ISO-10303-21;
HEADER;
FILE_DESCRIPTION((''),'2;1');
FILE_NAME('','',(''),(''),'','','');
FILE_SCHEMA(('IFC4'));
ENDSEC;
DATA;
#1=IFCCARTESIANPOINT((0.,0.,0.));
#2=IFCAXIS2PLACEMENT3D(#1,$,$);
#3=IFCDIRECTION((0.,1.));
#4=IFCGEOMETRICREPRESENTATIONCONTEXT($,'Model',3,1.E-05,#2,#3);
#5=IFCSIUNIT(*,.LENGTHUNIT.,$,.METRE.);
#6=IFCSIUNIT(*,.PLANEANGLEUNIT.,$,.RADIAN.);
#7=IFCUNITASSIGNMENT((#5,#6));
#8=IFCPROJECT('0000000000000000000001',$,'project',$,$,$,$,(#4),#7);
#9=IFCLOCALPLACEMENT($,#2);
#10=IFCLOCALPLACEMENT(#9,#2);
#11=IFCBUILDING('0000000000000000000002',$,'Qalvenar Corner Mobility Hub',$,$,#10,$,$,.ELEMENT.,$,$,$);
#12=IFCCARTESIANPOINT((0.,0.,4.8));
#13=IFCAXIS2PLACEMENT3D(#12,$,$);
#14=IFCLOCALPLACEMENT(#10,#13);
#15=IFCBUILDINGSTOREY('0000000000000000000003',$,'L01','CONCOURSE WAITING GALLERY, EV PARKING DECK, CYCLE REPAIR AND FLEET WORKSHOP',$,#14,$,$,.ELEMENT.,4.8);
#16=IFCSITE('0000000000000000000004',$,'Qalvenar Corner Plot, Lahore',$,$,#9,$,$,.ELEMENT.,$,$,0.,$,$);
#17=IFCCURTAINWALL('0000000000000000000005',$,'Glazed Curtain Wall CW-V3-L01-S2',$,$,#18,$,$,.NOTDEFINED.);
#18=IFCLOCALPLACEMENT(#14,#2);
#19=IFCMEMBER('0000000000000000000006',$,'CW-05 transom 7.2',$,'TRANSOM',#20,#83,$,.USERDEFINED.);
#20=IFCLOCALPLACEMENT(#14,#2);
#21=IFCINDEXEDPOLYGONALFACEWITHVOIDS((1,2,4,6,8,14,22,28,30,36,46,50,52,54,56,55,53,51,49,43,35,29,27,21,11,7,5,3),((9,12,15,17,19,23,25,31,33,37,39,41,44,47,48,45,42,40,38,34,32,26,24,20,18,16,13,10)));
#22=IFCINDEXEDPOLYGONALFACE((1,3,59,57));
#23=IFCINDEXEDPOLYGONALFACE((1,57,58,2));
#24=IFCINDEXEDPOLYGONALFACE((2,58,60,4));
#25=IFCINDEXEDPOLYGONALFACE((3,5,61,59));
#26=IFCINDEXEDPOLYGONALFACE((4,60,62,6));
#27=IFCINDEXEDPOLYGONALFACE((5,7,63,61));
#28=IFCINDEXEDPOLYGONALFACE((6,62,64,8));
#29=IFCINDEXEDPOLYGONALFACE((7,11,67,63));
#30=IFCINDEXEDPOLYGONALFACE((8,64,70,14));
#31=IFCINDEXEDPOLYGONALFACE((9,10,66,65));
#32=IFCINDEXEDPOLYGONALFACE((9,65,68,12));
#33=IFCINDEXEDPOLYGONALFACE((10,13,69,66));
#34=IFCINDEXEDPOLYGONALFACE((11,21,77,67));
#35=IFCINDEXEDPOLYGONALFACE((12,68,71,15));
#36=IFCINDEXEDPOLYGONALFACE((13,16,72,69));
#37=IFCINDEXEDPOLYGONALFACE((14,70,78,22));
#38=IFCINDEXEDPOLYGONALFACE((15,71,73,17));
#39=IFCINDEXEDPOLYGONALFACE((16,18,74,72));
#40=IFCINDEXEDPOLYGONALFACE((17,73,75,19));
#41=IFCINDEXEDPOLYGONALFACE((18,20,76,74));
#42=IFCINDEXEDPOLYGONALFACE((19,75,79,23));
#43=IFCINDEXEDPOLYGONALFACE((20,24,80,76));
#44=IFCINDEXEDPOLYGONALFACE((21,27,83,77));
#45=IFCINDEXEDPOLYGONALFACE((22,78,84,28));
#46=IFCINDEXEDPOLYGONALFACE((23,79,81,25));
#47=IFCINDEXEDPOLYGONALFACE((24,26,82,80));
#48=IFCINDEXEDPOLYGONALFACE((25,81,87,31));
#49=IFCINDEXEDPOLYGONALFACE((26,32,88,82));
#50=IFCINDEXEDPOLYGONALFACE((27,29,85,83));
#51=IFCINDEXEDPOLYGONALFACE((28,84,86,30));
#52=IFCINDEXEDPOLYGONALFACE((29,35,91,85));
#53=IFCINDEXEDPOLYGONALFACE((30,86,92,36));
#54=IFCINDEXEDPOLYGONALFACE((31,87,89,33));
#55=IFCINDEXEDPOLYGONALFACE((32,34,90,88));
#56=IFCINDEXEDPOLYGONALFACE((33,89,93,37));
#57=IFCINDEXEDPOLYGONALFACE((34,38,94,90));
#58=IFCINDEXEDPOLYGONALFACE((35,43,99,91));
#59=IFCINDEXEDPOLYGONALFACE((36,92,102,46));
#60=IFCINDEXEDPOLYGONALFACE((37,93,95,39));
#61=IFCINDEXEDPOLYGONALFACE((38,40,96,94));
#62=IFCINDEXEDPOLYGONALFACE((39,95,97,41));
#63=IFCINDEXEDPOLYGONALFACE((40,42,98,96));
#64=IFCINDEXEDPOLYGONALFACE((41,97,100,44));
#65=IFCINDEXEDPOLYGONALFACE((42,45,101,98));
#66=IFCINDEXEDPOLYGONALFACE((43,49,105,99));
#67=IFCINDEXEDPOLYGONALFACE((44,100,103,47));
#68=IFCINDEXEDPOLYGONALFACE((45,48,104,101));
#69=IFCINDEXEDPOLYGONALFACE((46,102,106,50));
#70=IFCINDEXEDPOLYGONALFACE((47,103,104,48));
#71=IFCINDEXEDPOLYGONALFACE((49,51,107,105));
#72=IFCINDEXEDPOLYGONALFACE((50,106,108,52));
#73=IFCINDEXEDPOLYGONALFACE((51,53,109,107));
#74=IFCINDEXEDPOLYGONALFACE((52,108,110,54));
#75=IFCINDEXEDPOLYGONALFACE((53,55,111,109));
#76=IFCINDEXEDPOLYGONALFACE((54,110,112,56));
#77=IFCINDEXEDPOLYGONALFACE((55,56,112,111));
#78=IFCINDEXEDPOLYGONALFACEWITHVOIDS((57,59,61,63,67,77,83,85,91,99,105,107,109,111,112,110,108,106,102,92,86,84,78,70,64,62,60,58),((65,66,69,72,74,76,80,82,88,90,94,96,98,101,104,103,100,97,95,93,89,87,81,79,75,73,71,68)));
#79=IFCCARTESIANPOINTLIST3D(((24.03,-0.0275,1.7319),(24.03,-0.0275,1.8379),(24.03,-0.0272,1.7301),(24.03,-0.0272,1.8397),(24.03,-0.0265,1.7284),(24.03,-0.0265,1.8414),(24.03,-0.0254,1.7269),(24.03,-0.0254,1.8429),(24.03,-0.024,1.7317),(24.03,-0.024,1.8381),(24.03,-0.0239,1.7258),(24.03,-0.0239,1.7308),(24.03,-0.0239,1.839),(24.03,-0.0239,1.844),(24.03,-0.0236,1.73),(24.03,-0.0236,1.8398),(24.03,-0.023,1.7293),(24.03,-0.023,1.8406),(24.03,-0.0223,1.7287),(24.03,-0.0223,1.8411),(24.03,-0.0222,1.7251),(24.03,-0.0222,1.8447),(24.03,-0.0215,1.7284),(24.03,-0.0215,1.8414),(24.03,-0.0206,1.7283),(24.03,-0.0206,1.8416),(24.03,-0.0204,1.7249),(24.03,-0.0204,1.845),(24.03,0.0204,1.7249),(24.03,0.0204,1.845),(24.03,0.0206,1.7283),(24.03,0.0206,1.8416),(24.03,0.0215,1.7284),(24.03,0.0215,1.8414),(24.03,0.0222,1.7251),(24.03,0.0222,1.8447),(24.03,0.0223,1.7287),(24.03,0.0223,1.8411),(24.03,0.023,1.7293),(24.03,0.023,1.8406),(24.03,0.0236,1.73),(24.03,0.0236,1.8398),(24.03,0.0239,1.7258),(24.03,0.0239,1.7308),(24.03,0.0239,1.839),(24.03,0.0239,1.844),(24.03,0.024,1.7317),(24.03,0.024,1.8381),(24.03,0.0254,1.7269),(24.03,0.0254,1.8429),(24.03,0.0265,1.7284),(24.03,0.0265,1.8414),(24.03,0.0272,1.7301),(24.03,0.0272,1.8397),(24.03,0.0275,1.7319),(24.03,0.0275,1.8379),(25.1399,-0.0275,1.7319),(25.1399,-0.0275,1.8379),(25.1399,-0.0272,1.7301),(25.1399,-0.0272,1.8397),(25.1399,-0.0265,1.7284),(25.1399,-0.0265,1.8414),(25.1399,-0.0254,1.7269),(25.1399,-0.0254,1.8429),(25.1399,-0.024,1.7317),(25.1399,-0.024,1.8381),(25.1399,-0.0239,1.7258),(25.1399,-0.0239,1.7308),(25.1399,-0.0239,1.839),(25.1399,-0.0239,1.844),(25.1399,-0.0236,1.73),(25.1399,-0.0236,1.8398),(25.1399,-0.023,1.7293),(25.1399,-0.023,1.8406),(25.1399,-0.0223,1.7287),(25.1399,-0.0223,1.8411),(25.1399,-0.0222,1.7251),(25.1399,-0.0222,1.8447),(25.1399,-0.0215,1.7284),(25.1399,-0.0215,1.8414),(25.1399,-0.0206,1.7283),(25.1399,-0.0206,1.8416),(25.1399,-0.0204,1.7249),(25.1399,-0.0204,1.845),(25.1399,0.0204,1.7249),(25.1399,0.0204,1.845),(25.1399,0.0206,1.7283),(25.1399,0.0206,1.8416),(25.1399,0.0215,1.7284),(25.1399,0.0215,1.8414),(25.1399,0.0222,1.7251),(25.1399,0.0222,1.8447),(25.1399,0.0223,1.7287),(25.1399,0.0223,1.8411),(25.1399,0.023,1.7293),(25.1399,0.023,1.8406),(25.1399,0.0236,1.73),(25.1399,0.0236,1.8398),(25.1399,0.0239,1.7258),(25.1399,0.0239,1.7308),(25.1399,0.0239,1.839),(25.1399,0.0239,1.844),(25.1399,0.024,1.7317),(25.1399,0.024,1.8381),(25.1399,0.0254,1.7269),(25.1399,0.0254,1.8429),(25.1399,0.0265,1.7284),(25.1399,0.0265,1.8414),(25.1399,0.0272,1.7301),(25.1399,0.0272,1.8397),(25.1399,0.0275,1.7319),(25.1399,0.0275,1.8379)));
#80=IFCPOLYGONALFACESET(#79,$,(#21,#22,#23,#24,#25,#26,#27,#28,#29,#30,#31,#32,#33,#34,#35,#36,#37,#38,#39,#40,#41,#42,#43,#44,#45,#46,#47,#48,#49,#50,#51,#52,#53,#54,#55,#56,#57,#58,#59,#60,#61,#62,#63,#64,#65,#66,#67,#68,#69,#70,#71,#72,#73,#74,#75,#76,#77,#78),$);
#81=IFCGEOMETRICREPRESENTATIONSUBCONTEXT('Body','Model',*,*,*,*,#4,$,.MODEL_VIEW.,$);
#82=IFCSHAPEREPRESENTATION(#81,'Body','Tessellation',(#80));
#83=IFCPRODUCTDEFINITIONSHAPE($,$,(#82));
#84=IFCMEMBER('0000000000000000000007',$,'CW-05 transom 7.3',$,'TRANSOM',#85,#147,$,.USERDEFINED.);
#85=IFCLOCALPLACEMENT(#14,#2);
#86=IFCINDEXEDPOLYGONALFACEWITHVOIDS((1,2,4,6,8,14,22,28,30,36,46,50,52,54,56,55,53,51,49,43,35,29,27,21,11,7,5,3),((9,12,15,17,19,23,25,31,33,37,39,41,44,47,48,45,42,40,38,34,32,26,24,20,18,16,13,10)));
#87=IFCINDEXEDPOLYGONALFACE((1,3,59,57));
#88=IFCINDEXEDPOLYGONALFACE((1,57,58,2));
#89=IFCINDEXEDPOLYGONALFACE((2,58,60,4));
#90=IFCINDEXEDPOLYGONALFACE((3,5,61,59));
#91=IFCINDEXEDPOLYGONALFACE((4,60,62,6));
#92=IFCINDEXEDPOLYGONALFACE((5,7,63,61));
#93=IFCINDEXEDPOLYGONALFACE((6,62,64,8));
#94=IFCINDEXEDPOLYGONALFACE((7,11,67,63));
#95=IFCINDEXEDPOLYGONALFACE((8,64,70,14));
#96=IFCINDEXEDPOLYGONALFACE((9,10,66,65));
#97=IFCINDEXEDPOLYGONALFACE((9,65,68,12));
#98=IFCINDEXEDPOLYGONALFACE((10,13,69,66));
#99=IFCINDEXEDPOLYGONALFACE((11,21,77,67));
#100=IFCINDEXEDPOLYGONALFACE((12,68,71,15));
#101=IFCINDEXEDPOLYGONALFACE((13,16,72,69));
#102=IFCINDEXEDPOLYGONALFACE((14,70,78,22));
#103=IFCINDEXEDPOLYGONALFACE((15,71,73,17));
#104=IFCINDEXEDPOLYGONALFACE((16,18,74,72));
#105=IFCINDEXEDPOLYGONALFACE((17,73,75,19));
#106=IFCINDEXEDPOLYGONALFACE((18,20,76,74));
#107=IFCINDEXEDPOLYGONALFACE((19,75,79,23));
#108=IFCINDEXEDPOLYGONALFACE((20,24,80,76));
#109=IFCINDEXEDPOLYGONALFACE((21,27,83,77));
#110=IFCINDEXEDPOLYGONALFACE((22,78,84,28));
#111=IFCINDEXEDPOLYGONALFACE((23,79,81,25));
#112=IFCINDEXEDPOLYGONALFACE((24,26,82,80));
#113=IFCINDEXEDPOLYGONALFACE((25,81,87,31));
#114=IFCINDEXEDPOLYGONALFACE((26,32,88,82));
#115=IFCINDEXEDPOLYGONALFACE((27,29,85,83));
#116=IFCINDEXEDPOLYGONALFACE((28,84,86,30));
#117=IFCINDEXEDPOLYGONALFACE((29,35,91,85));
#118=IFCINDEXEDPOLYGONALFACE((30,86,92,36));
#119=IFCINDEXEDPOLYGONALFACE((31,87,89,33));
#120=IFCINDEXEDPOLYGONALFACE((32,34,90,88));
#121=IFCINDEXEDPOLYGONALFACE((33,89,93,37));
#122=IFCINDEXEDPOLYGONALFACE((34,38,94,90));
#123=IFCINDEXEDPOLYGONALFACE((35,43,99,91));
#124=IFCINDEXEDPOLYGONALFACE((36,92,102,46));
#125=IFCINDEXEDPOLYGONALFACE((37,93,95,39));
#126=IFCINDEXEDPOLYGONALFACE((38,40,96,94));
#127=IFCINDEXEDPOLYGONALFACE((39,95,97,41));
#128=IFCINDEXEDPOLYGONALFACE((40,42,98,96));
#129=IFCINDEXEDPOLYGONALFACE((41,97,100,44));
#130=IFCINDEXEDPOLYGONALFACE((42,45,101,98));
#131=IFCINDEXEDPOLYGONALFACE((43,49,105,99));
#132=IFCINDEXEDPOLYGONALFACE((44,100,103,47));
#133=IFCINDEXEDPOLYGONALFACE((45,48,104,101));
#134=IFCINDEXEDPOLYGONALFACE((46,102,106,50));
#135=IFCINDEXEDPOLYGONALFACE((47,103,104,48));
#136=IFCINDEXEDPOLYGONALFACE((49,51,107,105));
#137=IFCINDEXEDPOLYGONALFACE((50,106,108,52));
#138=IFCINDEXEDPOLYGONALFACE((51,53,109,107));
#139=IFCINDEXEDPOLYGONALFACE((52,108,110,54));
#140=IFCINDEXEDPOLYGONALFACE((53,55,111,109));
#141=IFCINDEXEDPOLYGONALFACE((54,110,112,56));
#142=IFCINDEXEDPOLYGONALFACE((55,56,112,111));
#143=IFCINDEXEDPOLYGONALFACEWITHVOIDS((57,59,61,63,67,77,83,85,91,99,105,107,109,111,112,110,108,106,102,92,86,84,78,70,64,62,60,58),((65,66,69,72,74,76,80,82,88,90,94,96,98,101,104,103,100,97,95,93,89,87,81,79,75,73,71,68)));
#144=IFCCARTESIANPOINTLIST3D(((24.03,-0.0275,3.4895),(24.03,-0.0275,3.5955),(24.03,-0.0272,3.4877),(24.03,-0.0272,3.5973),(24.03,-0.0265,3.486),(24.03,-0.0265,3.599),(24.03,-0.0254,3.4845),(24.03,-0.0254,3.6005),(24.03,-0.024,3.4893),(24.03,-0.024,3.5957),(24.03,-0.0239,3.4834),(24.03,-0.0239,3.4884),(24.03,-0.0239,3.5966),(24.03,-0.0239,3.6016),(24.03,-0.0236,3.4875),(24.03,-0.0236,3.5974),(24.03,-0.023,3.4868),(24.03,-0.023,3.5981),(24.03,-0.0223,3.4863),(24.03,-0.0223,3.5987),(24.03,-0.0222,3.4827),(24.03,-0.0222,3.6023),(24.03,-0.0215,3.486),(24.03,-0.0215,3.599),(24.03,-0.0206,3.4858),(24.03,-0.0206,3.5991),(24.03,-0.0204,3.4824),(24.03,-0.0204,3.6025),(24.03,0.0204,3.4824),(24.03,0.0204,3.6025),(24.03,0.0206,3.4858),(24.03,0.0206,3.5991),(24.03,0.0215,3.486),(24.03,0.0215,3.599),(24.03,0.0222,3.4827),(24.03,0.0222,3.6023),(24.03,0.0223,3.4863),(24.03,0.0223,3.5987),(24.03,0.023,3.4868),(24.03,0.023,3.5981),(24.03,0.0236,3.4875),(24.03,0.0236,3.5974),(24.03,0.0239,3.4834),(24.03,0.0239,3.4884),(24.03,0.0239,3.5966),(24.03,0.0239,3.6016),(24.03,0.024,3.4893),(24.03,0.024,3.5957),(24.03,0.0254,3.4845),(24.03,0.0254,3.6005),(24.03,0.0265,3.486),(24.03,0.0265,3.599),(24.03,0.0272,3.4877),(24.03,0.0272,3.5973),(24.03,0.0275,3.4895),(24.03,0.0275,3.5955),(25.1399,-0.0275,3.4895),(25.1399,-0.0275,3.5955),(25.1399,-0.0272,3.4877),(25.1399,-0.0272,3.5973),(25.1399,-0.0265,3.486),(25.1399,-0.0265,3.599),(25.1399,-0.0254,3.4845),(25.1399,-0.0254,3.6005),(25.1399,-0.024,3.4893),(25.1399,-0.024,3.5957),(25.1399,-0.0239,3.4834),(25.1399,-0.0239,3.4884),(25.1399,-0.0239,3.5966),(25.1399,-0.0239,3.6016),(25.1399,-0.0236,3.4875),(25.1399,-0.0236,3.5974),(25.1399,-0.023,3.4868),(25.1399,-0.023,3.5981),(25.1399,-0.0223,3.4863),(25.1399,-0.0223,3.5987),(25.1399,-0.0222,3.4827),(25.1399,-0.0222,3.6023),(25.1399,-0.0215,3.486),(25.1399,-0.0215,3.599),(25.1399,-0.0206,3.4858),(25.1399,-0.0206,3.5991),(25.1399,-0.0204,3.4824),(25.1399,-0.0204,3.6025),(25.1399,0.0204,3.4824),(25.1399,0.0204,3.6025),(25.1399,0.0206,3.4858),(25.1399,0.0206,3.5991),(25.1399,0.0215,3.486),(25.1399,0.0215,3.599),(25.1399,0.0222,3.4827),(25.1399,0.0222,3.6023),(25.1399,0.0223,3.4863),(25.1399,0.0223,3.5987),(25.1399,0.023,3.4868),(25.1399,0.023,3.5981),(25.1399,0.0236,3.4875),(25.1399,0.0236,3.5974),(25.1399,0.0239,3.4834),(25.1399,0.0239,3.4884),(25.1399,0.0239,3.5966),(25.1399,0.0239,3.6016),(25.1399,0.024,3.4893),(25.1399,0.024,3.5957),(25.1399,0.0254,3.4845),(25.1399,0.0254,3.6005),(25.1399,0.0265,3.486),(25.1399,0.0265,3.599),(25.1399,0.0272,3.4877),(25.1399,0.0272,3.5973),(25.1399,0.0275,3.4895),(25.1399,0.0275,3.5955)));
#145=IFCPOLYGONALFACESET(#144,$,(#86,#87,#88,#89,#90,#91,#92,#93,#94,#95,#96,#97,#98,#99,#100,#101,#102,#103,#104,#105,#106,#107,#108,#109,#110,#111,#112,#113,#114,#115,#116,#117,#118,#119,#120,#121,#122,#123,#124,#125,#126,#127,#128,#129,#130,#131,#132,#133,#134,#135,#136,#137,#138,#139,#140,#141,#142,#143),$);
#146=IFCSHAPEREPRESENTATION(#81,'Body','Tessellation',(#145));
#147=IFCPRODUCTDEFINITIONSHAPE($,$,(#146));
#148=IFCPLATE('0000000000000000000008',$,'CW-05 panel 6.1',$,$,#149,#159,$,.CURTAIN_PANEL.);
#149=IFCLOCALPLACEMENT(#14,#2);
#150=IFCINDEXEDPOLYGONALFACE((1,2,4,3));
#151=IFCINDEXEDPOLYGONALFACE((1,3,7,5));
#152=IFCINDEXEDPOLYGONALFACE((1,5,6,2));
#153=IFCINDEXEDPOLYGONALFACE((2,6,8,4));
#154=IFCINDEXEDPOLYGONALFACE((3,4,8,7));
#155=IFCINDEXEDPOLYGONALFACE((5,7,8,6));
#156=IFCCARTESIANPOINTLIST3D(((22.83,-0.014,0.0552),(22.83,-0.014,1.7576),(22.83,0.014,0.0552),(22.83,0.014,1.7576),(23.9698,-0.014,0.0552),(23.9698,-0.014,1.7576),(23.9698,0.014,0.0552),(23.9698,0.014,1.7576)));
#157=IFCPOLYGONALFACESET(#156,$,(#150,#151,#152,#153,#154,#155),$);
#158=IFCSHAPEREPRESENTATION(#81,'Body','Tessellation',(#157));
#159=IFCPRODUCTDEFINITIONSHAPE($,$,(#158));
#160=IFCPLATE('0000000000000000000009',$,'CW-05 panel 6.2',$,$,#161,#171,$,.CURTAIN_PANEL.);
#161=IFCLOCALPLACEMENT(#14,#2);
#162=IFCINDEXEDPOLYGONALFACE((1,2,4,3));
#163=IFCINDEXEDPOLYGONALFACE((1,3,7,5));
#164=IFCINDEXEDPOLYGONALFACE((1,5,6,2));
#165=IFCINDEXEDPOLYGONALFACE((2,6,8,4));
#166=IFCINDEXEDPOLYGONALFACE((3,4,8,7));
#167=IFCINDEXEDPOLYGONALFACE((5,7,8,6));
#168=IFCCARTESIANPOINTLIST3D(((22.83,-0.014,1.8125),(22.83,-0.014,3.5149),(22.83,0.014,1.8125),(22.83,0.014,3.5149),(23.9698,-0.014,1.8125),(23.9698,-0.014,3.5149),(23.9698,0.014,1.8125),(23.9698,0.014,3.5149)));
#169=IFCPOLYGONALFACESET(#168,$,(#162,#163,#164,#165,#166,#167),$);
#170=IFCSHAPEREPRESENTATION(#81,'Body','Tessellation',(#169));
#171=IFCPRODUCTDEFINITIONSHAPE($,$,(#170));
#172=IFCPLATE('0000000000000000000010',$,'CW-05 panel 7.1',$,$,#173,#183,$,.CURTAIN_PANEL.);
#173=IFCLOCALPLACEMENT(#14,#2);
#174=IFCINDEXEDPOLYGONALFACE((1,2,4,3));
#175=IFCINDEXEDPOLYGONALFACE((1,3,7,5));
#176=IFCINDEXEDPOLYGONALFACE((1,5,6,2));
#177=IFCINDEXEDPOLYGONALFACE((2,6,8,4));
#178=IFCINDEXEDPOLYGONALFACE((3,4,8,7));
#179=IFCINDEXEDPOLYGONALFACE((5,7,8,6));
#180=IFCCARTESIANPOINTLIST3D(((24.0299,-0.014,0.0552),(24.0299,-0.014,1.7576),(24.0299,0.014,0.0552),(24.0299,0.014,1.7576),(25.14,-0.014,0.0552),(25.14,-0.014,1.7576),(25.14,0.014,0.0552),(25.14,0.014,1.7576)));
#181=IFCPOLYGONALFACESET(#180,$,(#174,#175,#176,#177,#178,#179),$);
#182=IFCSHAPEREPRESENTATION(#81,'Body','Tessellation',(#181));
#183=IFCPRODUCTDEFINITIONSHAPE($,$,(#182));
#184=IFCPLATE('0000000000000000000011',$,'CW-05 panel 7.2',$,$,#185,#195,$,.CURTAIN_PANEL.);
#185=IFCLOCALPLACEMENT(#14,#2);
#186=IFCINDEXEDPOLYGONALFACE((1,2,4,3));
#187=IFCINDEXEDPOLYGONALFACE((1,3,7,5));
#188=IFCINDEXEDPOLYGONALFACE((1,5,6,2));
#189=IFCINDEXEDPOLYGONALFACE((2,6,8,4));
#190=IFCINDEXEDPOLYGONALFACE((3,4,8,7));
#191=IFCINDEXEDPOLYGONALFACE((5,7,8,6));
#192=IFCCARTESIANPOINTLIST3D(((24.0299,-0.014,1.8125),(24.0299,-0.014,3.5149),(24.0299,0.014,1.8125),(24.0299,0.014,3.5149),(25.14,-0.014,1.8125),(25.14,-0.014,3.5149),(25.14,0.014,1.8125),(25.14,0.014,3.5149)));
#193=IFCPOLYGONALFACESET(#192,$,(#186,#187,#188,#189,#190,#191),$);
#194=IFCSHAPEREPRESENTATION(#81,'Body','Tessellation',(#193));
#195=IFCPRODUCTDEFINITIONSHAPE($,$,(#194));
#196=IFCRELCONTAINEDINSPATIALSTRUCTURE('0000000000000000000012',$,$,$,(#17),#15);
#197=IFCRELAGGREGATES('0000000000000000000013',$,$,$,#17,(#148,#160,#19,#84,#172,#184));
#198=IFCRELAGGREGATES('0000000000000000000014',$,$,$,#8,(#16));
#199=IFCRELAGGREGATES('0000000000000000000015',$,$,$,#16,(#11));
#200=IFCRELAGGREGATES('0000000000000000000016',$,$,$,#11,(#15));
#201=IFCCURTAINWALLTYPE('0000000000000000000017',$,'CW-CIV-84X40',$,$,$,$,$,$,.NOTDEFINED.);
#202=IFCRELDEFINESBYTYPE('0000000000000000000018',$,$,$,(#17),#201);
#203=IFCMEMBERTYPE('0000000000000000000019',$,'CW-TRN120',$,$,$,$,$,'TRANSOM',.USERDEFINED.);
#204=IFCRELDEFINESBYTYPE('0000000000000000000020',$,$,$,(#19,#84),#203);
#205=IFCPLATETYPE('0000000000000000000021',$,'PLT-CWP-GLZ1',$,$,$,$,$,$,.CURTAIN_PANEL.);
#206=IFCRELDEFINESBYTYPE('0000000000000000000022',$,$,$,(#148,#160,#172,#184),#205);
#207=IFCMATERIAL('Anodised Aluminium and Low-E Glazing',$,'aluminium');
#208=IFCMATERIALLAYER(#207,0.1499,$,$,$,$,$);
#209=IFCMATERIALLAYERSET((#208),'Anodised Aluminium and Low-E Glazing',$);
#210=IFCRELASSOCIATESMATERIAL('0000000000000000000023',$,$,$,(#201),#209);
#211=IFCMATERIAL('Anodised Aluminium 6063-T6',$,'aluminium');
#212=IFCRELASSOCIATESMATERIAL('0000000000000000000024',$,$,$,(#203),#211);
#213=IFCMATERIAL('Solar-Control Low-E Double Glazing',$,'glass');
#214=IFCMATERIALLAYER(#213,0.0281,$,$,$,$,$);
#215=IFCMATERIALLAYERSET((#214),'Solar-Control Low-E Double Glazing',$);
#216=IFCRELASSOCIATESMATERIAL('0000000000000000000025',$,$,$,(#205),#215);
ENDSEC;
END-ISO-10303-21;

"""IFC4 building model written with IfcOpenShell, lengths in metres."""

from ifc_helpers import new_model, si_unit, direction, frame, origin, origin_2d, place, context, subcontext, project, spatial, rectangle, hollow_rectangle, extrude, material, layer, layer_set, material_profile, profile_set, type_object, element, aggregate, save


model = new_model("IFC4")

# Units and contexts
model_context = context("Model", 3, precision=1e-05, world=origin(), true_north=direction((0.0, 1.0)))
body_context = subcontext(model_context, "Body", "Model", "MODEL_VIEW")
ifc_project = project(units=[si_unit("LENGTHUNIT", "METRE"), si_unit("PLANEANGLEUNIT", "RADIAN")], contexts=[model_context])

# Site, building, storey
site_placement = place(None, origin())
site = spatial("IfcSite", under=ifc_project, at=site_placement, Name="Qalvenar Corner Plot, Lahore", CompositionType="ELEMENT", RefElevation=0.0)
building_placement = place(site_placement, origin())
building = spatial("IfcBuilding", under=site, at=building_placement, Name="Qalvenar Corner Mobility Hub", CompositionType="ELEMENT")
storey_placement = place(building_placement, frame((0.0, 0.0, 4.8)))
storey = spatial("IfcBuildingStorey", under=building, at=storey_placement, Name="L01", Description="CONCOURSE WAITING GALLERY, EV PARKING DECK, CYCLE REPAIR AND FLEET WORKSHOP", CompositionType="ELEMENT", Elevation=4.8)

# Curtain wall, members, plates
ifc_material_1 = material(Name="Anodised Aluminium and Low-E Glazing", Category="aluminium")
ifc_layer_1 = layer(ifc_material_1, 0.1499)
ifc_layer_set_1 = layer_set([ifc_layer_1], Name="Anodised Aluminium and Low-E Glazing")
curtain_wall_type = type_object("IfcCurtainWallType", Name="CW-CIV-84X40", PredefinedType="NOTDEFINED", material=ifc_layer_set_1)
curtain_wall_placement = place(storey_placement, origin())
curtain_wall = element("IfcCurtainWall", 1, at=curtain_wall_placement, inside=storey, type_object=curtain_wall_type, Name="Glazed Curtain Wall CW-V3-L01-S2", PredefinedType="NOTDEFINED")
ifc_material_2 = material(Name="Anodised Aluminium 6063-T6", Category="aluminium")
ifc_material_profile_1 = material_profile(ifc_material_2, hollow_rectangle(XDim=0.0549, YDim=0.1201, WallThickness=0.0034, InnerFilletRadius=0.0034, OuterFilletRadius=0.0071, at=origin_2d()), Name="RHS120x55x3.5")
ifc_profile_set_1 = profile_set([ifc_material_profile_1], Name="Anodised Aluminium 6063-T6")
member_type_1 = type_object("IfcMemberType", Name="CW-TRN120", ElementType="TRANSOM", PredefinedType="USERDEFINED", material=ifc_profile_set_1)
member_1_placement = place(storey_placement, frame((24.03, 0.0, 1.7849), z_axis=(1.0, 0.0, 0.0), x_axis=(0.0, 1.0, 0.0)))
member_1 = element("IfcMember", 2, at=member_1_placement, type_object=member_type_1, Name="CW-05 transom 7.2", ObjectType="TRANSOM", PredefinedType="USERDEFINED", context=body_context, shape_type="SweptSolid", body=[
    extrude(hollow_rectangle(XDim=0.0549, YDim=0.1201, WallThickness=0.0034, InnerFilletRadius=0.0034, OuterFilletRadius=0.0071, at=origin_2d()), origin(), (0.0, 0.0, 1.0), 1.1099),
])
member_2_placement = place(storey_placement, frame((24.03, 0.0, 3.5425), z_axis=(1.0, 0.0, 0.0), x_axis=(0.0, 1.0, 0.0)))
member_2 = element("IfcMember", 3, at=member_2_placement, type_object=member_type_1, Name="CW-05 transom 7.3", ObjectType="TRANSOM", PredefinedType="USERDEFINED", context=body_context, shape_type="SweptSolid", body=[
    extrude(hollow_rectangle(XDim=0.0549, YDim=0.1201, WallThickness=0.0034, InnerFilletRadius=0.0034, OuterFilletRadius=0.0071, at=origin_2d()), origin(), (0.0, 0.0, 1.0), 1.1099),
])
ifc_material_3 = material(Name="Solar-Control Low-E Double Glazing", Category="glass")
ifc_layer_2 = layer(ifc_material_3, 0.0281)
ifc_layer_set_2 = layer_set([ifc_layer_2], Name="Solar-Control Low-E Double Glazing")
plate_type = type_object("IfcPlateType", Name="PLT-CWP-GLZ1", PredefinedType="CURTAIN_PANEL", material=ifc_layer_set_2)
plate_1_placement = place(storey_placement, frame((23.3999, 0.0, 0.0552), z_axis=(0.0, 0.0, 1.0), x_axis=(1.0, 0.0, 0.0)))
plate_1 = element("IfcPlate", 4, at=plate_1_placement, type_object=plate_type, Name="CW-05 panel 6.1", PredefinedType="CURTAIN_PANEL", context=body_context, shape_type="SweptSolid", body=[
    extrude(rectangle(XDim=1.1399, YDim=0.0281, at=origin_2d()), origin(), (0.0, 0.0, 1.0), 1.7024),
])
plate_2_placement = place(storey_placement, frame((23.3999, 0.0, 1.8125), z_axis=(0.0, 0.0, 1.0), x_axis=(1.0, 0.0, 0.0)))
plate_2 = element("IfcPlate", 5, at=plate_2_placement, type_object=plate_type, Name="CW-05 panel 6.2", PredefinedType="CURTAIN_PANEL", context=body_context, shape_type="SweptSolid", body=[
    extrude(rectangle(XDim=1.1399, YDim=0.0281, at=origin_2d()), origin(), (0.0, 0.0, 1.0), 1.7024),
])
plate_3_placement = place(storey_placement, frame((24.585, 0.0, 0.0552), z_axis=(0.0, 0.0, 1.0), x_axis=(1.0, 0.0, 0.0)))
plate_3 = element("IfcPlate", 6, at=plate_3_placement, type_object=plate_type, Name="CW-05 panel 7.1", PredefinedType="CURTAIN_PANEL", context=body_context, shape_type="SweptSolid", body=[
    extrude(rectangle(XDim=1.1101, YDim=0.0281, at=origin_2d()), origin(), (0.0, 0.0, 1.0), 1.7024),
])
plate_4_placement = place(storey_placement, frame((24.585, 0.0, 1.8125), z_axis=(0.0, 0.0, 1.0), x_axis=(1.0, 0.0, 0.0)))
plate_4 = element("IfcPlate", 7, at=plate_4_placement, type_object=plate_type, Name="CW-05 panel 7.2", PredefinedType="CURTAIN_PANEL", context=body_context, shape_type="SweptSolid", body=[
    extrude(rectangle(XDim=1.1101, YDim=0.0281, at=origin_2d()), origin(), (0.0, 0.0, 1.0), 1.7024),
])
aggregate(curtain_wall, [plate_1, plate_2, member_1, member_2, plate_3, plate_4])

save(model, "model.ifc")
